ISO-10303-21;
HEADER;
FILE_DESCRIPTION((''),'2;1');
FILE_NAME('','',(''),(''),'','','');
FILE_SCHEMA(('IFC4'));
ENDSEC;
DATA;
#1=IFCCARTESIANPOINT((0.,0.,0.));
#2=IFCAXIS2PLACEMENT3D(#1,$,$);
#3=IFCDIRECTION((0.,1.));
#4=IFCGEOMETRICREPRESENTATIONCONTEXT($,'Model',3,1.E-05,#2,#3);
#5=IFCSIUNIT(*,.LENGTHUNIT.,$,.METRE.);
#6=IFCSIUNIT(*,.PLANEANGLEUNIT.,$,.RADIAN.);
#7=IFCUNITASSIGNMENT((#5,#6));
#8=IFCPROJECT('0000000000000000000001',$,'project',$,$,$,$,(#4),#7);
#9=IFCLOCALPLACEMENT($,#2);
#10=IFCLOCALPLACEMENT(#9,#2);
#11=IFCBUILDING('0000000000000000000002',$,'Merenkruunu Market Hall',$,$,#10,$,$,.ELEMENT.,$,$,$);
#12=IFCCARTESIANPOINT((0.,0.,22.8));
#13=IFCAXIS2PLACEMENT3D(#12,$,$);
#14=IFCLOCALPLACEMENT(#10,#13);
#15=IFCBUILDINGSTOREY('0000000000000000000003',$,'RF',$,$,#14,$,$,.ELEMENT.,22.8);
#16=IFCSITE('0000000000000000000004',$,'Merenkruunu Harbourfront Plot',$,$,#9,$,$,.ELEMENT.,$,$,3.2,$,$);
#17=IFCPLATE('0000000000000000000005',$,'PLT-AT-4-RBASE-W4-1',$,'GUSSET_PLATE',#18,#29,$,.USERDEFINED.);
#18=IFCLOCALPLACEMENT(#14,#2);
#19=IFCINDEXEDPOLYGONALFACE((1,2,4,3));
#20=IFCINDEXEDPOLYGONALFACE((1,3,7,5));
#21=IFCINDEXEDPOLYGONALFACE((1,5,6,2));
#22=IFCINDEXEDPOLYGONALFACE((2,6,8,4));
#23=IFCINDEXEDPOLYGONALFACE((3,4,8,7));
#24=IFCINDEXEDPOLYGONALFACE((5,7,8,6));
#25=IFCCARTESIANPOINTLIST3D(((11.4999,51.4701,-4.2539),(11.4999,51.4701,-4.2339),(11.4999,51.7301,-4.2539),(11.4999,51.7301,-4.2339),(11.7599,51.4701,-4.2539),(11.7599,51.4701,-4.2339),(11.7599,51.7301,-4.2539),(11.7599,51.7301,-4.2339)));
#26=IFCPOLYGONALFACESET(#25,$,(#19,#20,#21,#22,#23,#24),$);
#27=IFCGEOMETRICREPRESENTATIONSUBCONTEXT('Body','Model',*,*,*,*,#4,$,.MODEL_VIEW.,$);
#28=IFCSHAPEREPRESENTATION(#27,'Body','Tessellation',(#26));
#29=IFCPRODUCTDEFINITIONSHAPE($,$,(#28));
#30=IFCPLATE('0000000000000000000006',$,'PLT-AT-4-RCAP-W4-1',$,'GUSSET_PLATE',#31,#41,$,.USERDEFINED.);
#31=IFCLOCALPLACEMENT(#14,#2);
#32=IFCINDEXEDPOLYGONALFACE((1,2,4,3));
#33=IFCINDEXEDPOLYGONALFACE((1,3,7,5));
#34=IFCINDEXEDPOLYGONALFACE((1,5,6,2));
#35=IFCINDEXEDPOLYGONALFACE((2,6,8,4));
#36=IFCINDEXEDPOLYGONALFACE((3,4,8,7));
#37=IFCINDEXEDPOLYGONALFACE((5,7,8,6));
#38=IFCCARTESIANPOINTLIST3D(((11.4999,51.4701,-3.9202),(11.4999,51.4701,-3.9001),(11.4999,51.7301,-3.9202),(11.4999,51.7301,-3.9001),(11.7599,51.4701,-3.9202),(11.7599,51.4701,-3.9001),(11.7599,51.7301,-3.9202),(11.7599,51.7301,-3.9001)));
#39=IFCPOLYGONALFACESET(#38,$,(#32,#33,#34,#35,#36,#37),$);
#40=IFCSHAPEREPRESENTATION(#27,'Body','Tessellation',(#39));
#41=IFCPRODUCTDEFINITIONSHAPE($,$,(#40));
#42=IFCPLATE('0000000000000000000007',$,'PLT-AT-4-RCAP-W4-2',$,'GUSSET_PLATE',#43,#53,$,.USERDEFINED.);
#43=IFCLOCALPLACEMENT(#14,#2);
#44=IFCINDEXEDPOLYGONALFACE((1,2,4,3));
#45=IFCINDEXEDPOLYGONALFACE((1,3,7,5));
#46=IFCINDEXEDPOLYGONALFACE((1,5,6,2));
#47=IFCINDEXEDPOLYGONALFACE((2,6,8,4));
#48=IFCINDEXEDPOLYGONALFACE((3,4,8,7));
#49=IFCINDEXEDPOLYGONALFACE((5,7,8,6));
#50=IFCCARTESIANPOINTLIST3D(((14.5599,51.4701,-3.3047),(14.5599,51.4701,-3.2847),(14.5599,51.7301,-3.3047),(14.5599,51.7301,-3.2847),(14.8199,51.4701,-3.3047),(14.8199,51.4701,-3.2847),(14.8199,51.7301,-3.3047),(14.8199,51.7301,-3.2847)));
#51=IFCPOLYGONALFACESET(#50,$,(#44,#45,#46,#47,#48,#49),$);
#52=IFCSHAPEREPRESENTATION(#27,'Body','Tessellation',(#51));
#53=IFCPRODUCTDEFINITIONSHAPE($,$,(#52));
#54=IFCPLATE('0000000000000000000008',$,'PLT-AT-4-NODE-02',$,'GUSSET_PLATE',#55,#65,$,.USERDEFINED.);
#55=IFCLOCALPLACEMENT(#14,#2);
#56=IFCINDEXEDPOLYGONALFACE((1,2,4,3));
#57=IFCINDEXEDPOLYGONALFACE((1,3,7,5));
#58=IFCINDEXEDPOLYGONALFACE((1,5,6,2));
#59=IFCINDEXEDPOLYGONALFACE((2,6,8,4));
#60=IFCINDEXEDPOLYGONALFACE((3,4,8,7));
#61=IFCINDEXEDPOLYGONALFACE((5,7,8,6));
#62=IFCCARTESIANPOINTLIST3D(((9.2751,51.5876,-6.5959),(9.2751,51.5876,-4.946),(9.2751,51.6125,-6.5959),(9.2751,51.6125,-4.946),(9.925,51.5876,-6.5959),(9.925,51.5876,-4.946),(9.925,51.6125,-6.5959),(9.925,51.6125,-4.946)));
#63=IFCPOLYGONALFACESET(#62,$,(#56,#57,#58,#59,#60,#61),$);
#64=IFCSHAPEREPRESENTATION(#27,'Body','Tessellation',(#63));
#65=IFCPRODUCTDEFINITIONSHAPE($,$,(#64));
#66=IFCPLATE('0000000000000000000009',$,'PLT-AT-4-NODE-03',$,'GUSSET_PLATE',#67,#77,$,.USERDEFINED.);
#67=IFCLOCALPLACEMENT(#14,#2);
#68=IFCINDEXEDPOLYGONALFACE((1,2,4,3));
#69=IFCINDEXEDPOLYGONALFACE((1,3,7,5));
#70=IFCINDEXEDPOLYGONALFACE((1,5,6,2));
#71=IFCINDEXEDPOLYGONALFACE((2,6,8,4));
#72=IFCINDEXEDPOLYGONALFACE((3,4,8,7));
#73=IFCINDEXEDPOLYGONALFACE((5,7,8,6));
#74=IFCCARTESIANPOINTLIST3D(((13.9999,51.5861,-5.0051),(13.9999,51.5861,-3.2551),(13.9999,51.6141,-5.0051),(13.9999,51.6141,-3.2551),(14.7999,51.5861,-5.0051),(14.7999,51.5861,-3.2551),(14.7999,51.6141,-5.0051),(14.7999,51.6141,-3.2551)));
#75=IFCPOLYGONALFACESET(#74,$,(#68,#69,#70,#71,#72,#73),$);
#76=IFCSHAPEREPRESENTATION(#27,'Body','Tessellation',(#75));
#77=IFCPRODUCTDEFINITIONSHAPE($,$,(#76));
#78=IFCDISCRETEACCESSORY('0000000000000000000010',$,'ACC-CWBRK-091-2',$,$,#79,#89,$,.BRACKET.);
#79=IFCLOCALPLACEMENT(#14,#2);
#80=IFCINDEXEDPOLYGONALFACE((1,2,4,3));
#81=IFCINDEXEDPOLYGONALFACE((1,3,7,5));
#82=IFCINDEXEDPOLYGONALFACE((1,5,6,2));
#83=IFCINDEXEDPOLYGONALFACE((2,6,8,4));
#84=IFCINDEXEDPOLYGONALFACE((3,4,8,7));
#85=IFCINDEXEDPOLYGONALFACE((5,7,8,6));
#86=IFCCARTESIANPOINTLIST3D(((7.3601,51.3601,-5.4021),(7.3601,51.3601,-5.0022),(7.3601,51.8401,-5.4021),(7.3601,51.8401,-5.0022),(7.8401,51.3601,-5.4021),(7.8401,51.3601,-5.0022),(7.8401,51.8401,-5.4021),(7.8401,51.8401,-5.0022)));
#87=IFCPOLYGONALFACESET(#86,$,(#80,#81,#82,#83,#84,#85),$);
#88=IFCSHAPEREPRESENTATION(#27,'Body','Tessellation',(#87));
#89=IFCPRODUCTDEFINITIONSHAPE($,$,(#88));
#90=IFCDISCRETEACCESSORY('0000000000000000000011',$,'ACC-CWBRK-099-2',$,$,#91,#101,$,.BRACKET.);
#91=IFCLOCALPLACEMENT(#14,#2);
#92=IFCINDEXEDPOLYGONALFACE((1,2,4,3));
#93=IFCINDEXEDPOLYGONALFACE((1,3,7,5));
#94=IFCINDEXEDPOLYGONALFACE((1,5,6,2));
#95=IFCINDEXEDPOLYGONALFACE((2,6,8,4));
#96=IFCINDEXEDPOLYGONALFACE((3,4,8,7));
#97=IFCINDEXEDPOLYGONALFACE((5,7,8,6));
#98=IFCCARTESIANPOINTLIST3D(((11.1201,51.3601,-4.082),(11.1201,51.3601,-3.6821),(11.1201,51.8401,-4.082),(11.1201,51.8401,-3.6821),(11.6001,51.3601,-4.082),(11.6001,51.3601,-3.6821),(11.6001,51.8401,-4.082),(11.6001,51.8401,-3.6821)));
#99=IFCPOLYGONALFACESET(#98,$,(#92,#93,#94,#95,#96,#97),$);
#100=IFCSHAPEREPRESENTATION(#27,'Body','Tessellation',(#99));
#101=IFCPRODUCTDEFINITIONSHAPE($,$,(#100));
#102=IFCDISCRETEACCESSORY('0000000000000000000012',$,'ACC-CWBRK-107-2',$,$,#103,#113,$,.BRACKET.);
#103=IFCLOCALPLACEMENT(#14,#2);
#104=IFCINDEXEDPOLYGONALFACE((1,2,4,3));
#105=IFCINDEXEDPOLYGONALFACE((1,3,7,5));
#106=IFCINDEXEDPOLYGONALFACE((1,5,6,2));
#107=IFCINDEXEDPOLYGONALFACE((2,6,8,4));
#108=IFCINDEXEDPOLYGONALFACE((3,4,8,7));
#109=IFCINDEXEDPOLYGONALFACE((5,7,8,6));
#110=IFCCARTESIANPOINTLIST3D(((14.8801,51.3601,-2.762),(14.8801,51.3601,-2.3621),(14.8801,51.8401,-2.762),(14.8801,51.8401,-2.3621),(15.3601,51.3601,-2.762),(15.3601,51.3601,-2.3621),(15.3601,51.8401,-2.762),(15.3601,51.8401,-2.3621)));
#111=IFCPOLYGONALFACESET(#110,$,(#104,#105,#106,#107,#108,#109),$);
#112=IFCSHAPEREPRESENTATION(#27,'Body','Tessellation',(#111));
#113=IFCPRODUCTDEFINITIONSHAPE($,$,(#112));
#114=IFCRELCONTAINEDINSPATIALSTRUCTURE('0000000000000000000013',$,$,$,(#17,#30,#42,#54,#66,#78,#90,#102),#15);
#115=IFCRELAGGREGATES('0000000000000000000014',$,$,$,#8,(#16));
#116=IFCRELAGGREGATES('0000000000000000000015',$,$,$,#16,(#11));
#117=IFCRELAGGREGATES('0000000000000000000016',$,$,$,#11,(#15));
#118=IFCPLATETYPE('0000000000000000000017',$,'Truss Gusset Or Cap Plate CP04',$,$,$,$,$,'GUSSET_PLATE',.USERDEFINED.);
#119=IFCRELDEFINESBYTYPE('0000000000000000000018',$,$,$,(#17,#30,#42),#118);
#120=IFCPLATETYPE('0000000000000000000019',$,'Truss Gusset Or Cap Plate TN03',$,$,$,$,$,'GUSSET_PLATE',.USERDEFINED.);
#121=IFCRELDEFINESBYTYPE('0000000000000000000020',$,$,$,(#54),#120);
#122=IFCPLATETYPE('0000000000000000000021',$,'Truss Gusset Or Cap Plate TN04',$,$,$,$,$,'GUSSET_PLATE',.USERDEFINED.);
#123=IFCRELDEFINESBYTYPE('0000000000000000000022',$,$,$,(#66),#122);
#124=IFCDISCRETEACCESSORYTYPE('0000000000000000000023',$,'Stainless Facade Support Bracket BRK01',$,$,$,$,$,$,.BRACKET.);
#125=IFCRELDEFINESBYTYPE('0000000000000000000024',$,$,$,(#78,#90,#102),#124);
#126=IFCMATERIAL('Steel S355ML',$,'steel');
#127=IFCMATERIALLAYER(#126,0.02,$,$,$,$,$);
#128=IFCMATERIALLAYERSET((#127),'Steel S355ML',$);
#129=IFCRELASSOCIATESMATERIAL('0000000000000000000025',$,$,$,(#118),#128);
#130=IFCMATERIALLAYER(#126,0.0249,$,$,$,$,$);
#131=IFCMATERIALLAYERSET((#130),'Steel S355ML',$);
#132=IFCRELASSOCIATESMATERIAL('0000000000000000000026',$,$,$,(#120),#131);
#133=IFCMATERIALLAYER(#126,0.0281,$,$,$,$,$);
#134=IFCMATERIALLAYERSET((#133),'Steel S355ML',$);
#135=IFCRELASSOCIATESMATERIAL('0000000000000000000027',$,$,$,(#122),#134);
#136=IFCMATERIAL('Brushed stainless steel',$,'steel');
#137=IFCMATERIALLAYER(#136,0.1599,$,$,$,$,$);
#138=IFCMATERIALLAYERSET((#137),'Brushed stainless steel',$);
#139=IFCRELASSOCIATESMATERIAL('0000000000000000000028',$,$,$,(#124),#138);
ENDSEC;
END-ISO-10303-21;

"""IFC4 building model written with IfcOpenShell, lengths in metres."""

from ifc_helpers import new_model, si_unit, direction, frame, origin, origin_2d, place, context, subcontext, project, spatial, rectangle, extrude, material, layer, layer_set, type_object, element, save


model = new_model("IFC4")

# Units and contexts
model_context = context("Model", 3, precision=1e-05, world=origin(), true_north=direction((0.0, 1.0)))
body_context = subcontext(model_context, "Body", "Model", "MODEL_VIEW")
ifc_project = project(units=[si_unit("LENGTHUNIT", "METRE"), si_unit("PLANEANGLEUNIT", "RADIAN")], contexts=[model_context])

# Site, building, storey
site_placement = place(None, origin())
site = spatial("IfcSite", under=ifc_project, at=site_placement, Name="Merenkruunu Harbourfront Plot", CompositionType="ELEMENT", RefElevation=3.2)
building_placement = place(site_placement, origin())
building = spatial("IfcBuilding", under=site, at=building_placement, Name="Merenkruunu Market Hall", CompositionType="ELEMENT")
storey_placement = place(building_placement, frame((0.0, 0.0, 22.8)))
storey = spatial("IfcBuildingStorey", under=building, at=storey_placement, Name="RF", CompositionType="ELEMENT", Elevation=22.8)

# Shared definitions
ifc_material_1 = material(Name="Steel S355ML", Category="steel")

# Plates
ifc_layer_1 = layer(ifc_material_1, 0.02)
ifc_layer_set_1 = layer_set([ifc_layer_1], Name="Steel S355ML")
plate_type_1 = type_object("IfcPlateType", Name="Truss Gusset Or Cap Plate CP04", ElementType="GUSSET_PLATE", PredefinedType="USERDEFINED", material=ifc_layer_set_1)
for number, where, z_axis, x_axis, name in (
    (1, (11.6299, 51.6001, -4.2539), (0.0, 0.0, 1.0), (1.0, 0.0, 0.0), "PLT-AT-4-RBASE-W4-1"),
    (2, (11.6299, 51.6001, -3.9202), (0.0, 0.0, 1.0), (1.0, 0.0, 0.0), "PLT-AT-4-RCAP-W4-1"),
    (3, (14.6899, 51.6001, -3.3047), (0.0, 0.0, 1.0), (1.0, 0.0, 0.0), "PLT-AT-4-RCAP-W4-2"),
):
    element("IfcPlate", number, at=place(storey_placement, frame(where, z_axis=z_axis, x_axis=x_axis)), inside=storey, type_object=plate_type_1, Name=name, ObjectType="GUSSET_PLATE", PredefinedType="USERDEFINED", context=body_context, shape_type="SweptSolid", body=[
        extrude(rectangle(XDim=0.26, YDim=0.26, at=origin_2d()), origin(), (0.0, 0.0, 1.0), 0.02),
    ])
ifc_layer_2 = layer(ifc_material_1, 0.0249)
ifc_layer_set_2 = layer_set([ifc_layer_2], Name="Steel S355ML")
plate_type_2 = type_object("IfcPlateType", Name="Truss Gusset Or Cap Plate TN03", ElementType="GUSSET_PLATE", PredefinedType="USERDEFINED", material=ifc_layer_set_2)
plate_1_placement = place(storey_placement, frame((9.6001, 51.6001, -6.5959), z_axis=(0.0, 0.0, 1.0), x_axis=(1.0, 0.0, 0.0)))
element("IfcPlate", 4, at=plate_1_placement, inside=storey, type_object=plate_type_2, Name="PLT-AT-4-NODE-02", ObjectType="GUSSET_PLATE", PredefinedType="USERDEFINED", context=body_context, shape_type="SweptSolid", body=[
    extrude(rectangle(XDim=0.6499, YDim=0.0249, at=origin_2d()), origin(), (0.0, 0.0, 1.0), 1.6499),
])
ifc_layer_3 = layer(ifc_material_1, 0.0281)
ifc_layer_set_3 = layer_set([ifc_layer_3], Name="Steel S355ML")
plate_type_3 = type_object("IfcPlateType", Name="Truss Gusset Or Cap Plate TN04", ElementType="GUSSET_PLATE", PredefinedType="USERDEFINED", material=ifc_layer_set_3)
plate_2_placement = place(storey_placement, frame((14.3999, 51.6001, -5.0051), z_axis=(0.0, 0.0, 1.0), x_axis=(1.0, 0.0, 0.0)))
element("IfcPlate", 5, at=plate_2_placement, inside=storey, type_object=plate_type_3, Name="PLT-AT-4-NODE-03", ObjectType="GUSSET_PLATE", PredefinedType="USERDEFINED", context=body_context, shape_type="SweptSolid", body=[
    extrude(rectangle(XDim=0.8, YDim=0.0281, at=origin_2d()), origin(), (0.0, 0.0, 1.0), 1.75),
])

# Discrete accessories
ifc_material_2 = material(Name="Brushed stainless steel", Category="steel")
ifc_layer_4 = layer(ifc_material_2, 0.1599)
ifc_layer_set_4 = layer_set([ifc_layer_4], Name="Brushed stainless steel")
discrete_accessory_type = type_object("IfcDiscreteAccessoryType", Name="Stainless Facade Support Bracket BRK01", PredefinedType="BRACKET", material=ifc_layer_set_4)
for number, where, z_axis, x_axis, name in (
    (6, (7.6001, 51.6001, -5.4021), (0.0, 0.0, 1.0), (1.0, 0.0, 0.0), "ACC-CWBRK-091-2"),
    (7, (11.3601, 51.6001, -4.082), (0.0, 0.0, 1.0), (1.0, 0.0, 0.0), "ACC-CWBRK-099-2"),
    (8, (15.1201, 51.6001, -2.762), (0.0, 0.0, 1.0), (1.0, 0.0, 0.0), "ACC-CWBRK-107-2"),
):
    element("IfcDiscreteAccessory", number, at=place(storey_placement, frame(where, z_axis=z_axis, x_axis=x_axis)), inside=storey, type_object=discrete_accessory_type, Name=name, PredefinedType="BRACKET", context=body_context, shape_type="SweptSolid", body=[
        extrude(rectangle(XDim=0.48, YDim=0.48, at=origin_2d()), origin(), (0.0, 0.0, 1.0), 0.3999),
    ])

save(model, "model.ifc")
